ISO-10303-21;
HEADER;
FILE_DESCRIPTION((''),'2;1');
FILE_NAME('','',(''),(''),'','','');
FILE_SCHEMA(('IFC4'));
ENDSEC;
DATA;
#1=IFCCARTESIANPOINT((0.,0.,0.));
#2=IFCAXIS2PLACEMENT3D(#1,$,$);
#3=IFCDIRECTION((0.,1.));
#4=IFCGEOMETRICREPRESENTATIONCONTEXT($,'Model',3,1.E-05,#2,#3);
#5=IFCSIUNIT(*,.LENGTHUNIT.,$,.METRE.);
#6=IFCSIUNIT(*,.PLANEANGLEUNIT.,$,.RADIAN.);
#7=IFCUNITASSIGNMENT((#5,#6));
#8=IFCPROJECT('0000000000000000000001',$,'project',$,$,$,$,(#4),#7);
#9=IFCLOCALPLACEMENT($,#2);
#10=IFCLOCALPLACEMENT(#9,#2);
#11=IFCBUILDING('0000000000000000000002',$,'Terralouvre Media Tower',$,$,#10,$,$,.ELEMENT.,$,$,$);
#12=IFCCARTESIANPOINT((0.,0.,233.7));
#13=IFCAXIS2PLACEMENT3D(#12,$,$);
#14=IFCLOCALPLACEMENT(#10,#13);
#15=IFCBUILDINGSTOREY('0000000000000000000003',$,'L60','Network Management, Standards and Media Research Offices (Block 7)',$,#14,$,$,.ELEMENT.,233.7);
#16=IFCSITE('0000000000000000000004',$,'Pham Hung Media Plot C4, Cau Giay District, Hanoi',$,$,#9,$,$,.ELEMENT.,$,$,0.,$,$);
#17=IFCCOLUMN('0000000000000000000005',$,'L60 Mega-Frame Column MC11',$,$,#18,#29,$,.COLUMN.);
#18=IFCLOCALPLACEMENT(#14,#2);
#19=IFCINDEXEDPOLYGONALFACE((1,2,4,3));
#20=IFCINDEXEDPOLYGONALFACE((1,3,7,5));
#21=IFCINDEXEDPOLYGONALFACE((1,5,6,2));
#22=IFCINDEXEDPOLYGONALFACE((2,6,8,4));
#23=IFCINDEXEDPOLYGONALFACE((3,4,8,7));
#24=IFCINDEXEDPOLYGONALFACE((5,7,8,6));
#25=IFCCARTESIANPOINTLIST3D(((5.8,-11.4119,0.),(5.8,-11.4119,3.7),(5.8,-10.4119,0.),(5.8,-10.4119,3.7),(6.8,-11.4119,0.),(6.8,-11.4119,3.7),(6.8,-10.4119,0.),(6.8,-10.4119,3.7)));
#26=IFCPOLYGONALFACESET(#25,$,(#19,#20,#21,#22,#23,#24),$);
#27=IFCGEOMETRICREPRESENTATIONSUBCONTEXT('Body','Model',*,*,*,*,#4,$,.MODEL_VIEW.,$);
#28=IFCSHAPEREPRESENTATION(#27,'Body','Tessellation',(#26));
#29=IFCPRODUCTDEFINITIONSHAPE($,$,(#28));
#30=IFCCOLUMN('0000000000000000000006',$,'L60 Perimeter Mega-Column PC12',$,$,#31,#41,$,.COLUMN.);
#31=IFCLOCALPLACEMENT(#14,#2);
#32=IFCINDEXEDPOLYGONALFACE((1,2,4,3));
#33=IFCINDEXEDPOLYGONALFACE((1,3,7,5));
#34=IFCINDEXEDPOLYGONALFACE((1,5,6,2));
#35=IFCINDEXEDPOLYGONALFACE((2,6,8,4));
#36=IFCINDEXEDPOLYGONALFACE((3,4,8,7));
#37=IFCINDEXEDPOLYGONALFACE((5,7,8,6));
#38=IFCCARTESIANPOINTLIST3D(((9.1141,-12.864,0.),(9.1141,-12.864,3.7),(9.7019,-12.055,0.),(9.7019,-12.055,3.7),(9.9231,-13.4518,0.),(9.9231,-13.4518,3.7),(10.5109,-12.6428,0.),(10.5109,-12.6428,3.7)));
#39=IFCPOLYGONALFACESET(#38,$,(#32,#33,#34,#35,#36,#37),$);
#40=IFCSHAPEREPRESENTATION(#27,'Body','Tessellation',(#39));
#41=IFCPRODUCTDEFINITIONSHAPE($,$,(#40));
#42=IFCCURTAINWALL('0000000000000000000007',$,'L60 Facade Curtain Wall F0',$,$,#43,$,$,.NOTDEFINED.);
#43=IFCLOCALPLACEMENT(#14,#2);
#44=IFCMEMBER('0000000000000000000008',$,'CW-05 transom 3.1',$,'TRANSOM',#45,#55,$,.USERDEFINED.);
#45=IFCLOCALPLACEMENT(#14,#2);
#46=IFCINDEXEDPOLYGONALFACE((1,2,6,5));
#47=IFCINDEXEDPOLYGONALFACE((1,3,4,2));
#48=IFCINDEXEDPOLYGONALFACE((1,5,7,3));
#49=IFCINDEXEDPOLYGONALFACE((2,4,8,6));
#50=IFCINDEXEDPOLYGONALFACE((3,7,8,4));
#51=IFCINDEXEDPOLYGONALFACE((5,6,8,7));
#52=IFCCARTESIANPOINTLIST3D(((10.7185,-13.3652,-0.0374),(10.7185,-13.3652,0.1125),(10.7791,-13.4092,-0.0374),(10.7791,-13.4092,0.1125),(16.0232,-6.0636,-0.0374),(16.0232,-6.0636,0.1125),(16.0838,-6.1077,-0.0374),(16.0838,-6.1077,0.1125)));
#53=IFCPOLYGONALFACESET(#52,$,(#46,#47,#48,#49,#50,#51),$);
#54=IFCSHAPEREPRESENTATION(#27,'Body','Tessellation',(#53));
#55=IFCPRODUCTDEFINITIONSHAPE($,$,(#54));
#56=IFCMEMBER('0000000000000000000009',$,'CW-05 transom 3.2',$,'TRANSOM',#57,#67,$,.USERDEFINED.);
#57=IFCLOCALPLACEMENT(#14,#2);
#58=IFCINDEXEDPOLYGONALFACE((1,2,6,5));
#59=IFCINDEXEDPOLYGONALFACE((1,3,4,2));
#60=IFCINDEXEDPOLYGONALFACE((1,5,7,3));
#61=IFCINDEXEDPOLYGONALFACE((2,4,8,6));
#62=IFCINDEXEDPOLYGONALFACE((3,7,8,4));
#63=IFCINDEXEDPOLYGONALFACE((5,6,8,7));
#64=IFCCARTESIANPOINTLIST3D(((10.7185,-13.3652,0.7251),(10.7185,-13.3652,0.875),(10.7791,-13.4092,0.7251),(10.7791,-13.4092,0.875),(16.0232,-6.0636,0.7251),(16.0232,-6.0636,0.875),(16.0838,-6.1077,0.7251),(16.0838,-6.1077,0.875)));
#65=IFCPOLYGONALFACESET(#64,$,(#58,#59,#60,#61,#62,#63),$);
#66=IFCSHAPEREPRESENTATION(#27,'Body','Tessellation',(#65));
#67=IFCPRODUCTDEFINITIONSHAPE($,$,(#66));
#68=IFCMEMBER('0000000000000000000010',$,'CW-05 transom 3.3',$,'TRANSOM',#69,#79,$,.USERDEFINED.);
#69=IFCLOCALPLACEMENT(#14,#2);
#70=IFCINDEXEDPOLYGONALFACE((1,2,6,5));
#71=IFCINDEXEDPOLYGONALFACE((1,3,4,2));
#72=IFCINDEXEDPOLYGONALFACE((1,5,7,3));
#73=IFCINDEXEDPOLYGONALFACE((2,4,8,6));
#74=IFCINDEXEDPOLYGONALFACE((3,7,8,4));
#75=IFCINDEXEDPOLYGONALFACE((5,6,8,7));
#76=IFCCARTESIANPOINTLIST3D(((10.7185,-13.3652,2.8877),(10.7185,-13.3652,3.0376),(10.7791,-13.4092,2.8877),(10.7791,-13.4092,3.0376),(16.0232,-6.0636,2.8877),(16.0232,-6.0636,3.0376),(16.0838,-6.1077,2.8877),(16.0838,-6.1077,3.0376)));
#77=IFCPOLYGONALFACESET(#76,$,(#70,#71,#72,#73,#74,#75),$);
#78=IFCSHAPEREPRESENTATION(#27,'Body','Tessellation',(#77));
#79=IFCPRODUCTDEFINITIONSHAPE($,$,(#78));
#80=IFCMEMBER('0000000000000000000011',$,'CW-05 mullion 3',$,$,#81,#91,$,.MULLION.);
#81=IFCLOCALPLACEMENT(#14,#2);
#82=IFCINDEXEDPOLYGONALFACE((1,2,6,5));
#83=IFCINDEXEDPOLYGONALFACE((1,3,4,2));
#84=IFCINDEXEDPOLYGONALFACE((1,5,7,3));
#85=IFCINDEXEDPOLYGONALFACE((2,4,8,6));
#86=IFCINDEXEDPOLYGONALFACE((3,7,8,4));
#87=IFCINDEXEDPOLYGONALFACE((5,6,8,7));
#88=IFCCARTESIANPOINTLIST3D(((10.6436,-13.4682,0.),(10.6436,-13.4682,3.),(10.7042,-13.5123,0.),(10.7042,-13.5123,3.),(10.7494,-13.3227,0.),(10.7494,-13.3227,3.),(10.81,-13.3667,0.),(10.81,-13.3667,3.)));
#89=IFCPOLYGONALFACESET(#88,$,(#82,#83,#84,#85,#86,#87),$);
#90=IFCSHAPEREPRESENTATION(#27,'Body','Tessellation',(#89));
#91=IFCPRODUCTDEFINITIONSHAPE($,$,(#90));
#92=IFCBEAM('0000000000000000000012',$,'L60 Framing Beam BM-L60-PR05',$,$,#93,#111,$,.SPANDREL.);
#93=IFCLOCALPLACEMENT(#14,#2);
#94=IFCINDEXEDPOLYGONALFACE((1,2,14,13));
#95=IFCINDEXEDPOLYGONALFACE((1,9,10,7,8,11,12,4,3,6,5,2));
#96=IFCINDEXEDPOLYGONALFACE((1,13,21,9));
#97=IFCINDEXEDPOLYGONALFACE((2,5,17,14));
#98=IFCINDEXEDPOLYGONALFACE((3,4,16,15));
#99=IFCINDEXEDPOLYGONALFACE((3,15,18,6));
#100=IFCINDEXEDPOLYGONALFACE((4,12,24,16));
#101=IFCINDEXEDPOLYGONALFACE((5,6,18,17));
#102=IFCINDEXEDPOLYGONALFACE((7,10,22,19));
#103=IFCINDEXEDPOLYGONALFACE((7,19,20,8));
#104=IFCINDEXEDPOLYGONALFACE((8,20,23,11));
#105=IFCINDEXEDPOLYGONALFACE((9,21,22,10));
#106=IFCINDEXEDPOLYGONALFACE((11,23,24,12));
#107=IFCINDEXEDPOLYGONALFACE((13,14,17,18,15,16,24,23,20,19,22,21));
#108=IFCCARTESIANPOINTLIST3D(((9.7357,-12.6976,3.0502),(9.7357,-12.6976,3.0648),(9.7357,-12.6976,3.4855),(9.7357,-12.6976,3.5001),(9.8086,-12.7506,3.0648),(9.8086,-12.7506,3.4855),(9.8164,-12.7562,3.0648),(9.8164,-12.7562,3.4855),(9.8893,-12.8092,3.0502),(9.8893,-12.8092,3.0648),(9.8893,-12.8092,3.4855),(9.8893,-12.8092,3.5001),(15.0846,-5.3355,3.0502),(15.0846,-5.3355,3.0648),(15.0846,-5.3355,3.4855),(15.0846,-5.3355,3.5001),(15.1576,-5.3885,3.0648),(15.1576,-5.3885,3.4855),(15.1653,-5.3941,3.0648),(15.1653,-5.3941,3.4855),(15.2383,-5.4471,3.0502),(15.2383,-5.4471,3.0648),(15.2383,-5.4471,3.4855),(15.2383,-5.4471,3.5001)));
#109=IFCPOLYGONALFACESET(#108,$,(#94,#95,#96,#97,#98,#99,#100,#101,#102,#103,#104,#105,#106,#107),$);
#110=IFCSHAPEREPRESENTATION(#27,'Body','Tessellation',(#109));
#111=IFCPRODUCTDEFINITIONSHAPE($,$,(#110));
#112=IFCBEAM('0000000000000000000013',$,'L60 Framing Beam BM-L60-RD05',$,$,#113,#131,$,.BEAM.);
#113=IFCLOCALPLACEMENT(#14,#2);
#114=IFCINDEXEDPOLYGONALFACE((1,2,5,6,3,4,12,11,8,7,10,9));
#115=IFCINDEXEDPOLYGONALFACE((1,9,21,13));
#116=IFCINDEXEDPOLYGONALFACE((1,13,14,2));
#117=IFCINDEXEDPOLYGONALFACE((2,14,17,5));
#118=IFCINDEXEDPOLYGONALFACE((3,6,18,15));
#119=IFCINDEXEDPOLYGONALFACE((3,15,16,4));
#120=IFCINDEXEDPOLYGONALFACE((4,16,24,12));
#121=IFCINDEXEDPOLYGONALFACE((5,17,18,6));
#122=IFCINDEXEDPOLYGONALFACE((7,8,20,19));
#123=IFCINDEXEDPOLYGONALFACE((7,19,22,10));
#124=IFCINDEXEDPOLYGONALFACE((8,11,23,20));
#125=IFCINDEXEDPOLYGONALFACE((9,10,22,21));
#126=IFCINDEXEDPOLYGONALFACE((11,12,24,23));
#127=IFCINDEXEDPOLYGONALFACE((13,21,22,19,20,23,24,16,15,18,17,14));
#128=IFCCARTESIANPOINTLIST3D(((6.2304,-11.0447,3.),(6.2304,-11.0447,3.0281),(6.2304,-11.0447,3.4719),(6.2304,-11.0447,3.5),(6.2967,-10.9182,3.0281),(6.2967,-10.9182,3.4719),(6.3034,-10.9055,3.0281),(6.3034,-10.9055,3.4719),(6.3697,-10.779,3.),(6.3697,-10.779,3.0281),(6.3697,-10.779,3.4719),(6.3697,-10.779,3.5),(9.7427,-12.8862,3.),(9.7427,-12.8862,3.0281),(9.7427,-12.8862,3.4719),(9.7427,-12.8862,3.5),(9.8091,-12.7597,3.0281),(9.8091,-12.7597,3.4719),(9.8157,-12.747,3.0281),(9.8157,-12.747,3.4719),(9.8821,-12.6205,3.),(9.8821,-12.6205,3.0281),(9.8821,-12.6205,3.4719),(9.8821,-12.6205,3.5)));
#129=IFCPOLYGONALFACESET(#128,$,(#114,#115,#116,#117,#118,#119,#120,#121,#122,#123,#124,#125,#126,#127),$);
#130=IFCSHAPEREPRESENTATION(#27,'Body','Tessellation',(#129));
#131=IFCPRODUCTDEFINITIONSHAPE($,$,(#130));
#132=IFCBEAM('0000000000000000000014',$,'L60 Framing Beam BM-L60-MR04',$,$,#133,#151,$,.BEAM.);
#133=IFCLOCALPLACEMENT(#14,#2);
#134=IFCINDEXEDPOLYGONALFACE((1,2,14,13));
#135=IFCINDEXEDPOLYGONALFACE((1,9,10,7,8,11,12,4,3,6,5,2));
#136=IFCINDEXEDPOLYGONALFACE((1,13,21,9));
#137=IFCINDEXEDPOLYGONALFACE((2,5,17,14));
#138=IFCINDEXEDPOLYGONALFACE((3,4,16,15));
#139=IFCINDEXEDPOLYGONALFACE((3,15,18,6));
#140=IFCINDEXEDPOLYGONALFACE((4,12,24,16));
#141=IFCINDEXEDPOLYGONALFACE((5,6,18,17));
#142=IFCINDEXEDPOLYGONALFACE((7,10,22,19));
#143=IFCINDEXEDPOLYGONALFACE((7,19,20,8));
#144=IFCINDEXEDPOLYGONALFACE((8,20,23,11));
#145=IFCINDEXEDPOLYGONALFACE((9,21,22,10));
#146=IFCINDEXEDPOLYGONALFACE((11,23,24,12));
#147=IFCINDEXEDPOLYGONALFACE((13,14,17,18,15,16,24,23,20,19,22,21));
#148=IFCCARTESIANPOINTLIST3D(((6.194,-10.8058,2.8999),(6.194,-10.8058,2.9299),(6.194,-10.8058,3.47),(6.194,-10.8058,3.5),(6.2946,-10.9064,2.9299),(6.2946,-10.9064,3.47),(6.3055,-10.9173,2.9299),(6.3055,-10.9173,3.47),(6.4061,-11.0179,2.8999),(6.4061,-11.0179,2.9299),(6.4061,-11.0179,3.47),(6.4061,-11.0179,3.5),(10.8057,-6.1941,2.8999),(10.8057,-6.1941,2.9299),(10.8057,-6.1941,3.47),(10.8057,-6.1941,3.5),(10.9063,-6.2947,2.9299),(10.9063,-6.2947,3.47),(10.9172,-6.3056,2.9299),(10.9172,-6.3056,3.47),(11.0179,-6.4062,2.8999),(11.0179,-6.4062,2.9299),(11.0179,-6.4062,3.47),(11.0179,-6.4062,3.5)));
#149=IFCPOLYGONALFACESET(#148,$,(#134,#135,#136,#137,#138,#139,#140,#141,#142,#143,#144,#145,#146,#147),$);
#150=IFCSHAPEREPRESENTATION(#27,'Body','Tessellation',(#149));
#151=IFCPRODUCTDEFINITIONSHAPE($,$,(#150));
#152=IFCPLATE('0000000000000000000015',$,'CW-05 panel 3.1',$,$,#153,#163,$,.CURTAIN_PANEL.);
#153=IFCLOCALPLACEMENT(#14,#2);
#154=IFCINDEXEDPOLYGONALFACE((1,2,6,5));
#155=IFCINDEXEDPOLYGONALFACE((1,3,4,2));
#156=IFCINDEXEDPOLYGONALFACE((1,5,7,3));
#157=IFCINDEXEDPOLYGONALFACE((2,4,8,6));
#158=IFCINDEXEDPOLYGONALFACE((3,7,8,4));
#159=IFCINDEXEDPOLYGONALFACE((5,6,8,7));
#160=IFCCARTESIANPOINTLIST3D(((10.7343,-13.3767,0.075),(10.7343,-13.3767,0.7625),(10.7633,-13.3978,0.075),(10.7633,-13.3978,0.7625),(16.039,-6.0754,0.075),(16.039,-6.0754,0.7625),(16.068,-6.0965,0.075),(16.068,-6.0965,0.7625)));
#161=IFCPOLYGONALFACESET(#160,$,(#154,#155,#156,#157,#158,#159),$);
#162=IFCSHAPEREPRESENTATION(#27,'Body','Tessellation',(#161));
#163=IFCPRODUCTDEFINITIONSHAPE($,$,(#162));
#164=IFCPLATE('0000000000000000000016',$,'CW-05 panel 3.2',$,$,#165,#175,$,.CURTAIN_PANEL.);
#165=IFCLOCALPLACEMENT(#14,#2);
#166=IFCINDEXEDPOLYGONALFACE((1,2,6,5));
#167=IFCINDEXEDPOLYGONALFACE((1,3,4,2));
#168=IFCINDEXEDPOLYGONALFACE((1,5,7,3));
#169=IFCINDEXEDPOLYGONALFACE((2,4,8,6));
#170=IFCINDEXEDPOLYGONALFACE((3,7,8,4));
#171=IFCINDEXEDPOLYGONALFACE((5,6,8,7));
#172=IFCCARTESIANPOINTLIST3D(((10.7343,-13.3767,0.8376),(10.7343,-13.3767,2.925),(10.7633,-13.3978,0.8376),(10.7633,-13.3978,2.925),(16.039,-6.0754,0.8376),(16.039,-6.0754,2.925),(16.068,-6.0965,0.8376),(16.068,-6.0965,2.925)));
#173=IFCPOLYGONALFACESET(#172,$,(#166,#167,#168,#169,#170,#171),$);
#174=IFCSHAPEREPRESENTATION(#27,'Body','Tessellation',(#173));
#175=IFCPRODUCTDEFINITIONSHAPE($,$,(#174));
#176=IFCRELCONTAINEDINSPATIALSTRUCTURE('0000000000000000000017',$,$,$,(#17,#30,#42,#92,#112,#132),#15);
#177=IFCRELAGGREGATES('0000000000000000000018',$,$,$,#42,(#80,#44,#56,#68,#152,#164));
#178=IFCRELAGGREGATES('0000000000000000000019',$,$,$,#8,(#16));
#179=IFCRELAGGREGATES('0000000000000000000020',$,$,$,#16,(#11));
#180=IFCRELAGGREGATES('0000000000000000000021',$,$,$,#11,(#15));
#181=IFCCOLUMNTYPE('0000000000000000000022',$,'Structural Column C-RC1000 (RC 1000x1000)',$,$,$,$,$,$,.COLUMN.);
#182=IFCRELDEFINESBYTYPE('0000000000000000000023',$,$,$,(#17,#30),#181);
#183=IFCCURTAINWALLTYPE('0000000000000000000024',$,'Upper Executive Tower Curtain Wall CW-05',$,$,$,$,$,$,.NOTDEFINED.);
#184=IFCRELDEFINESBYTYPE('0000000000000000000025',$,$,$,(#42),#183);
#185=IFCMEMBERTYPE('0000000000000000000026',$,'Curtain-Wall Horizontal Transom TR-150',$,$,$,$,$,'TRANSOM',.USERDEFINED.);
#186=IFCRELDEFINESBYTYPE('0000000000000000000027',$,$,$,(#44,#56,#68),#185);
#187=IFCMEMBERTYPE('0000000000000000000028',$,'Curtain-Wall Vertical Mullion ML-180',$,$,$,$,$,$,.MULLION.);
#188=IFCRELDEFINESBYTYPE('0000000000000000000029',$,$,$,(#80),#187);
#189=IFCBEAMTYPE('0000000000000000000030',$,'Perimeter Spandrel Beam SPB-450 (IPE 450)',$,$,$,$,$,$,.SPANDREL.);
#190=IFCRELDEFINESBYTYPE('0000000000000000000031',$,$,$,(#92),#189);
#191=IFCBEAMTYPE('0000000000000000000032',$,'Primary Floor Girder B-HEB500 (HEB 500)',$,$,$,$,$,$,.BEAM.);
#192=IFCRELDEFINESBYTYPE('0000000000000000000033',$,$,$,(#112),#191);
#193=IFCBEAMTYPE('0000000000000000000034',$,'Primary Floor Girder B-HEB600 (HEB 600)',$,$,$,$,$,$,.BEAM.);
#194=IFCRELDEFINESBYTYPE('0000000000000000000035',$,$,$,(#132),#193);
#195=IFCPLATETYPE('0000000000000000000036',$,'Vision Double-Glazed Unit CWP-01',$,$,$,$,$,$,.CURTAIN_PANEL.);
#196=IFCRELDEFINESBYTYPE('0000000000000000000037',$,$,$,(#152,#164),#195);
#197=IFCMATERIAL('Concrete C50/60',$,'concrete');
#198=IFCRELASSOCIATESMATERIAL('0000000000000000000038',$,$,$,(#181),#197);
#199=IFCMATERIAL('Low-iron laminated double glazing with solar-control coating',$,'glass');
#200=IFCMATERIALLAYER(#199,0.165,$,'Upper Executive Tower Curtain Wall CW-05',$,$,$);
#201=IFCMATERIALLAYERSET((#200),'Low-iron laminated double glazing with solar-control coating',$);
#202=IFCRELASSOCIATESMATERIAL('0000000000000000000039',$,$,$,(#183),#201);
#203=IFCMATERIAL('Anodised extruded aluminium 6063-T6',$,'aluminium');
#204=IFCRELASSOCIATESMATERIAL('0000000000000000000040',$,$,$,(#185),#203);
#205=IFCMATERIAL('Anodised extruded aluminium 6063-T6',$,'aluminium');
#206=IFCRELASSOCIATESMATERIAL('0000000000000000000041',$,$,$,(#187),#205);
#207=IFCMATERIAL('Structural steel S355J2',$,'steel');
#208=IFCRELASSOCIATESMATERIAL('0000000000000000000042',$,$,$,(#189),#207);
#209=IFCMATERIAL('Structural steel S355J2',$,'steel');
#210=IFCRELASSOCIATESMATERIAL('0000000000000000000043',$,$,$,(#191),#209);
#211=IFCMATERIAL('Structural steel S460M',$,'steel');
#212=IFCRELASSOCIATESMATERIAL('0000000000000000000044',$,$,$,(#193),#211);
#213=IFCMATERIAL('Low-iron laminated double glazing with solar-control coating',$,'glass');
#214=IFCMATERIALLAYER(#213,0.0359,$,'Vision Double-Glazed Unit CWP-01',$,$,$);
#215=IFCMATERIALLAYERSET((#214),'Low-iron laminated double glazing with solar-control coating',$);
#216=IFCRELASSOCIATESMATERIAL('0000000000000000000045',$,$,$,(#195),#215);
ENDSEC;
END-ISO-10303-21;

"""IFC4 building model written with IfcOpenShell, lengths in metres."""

from ifc_helpers import new_model, si_unit, direction, frame, origin, origin_2d, place, context, subcontext, project, spatial, rectangle, i_section, extrude, material, layer, layer_set, material_profile, profile_set, type_object, element, aggregate, save


model = new_model("IFC4")

# Units and contexts
model_context = context("Model", 3, precision=1e-05, world=origin(), true_north=direction((0.0, 1.0)))
body_context = subcontext(model_context, "Body", "Model", "MODEL_VIEW")
ifc_project = project(units=[si_unit("LENGTHUNIT", "METRE"), si_unit("PLANEANGLEUNIT", "RADIAN")], contexts=[model_context])

# Site, building, storey
site_placement = place(None, origin())
site = spatial("IfcSite", under=ifc_project, at=site_placement, Name="Pham Hung Media Plot C4, Cau Giay District, Hanoi", CompositionType="ELEMENT", RefElevation=0.0)
building_placement = place(site_placement, origin())
building = spatial("IfcBuilding", under=site, at=building_placement, Name="Terralouvre Media Tower", CompositionType="ELEMENT")
storey_placement = place(building_placement, frame((0.0, 0.0, 233.7)))
storey = spatial("IfcBuildingStorey", under=building, at=storey_placement, Name="L60", Description="Network Management, Standards and Media Research Offices (Block 7)", CompositionType="ELEMENT", Elevation=233.7)

# Columns
ifc_material_1 = material(Name="Concrete C50/60", Category="concrete")
ifc_material_profile_1 = material_profile(ifc_material_1, rectangle(XDim=1.0, YDim=1.0, at=origin_2d()), Name="RC 1000x1000")
ifc_profile_set_1 = profile_set([ifc_material_profile_1], Name="Concrete C50/60")
column_type = type_object("IfcColumnType", Name="Structural Column C-RC1000 (RC 1000x1000)", PredefinedType="COLUMN", material=ifc_profile_set_1)
for number, where, z_axis, x_axis, name in (
    (1, (6.3, -10.9119, 0.0), (0.0, 0.0, 1.0), (1.0, 0.0, 0.0), "L60 Mega-Frame Column MC11"),
    (2, (9.8125, -12.7534, 0.0), (0.0, 0.0, 1.0), (0.587785, 0.809017, 0.0), "L60 Perimeter Mega-Column PC12"),
):
    element("IfcColumn", number, at=place(storey_placement, frame(where, z_axis=z_axis, x_axis=x_axis)), inside=storey, type_object=column_type, Name=name, PredefinedType="COLUMN", context=body_context, shape_type="SweptSolid", body=[
        extrude(rectangle(XDim=1.0, YDim=1.0, at=origin_2d()), origin(), (0.0, 0.0, 1.0), 3.7),
    ])

# Curtain wall, members
ifc_material_2 = material(Name="Low-iron laminated double glazing with solar-control coating", Category="glass")
ifc_layer_1 = layer(ifc_material_2, 0.165, Name="Upper Executive Tower Curtain Wall CW-05")
ifc_layer_set_1 = layer_set([ifc_layer_1], Name="Low-iron laminated double glazing with solar-control coating")
curtain_wall_type = type_object("IfcCurtainWallType", Name="Upper Executive Tower Curtain Wall CW-05", PredefinedType="NOTDEFINED", material=ifc_layer_set_1)
curtain_wall_placement = place(storey_placement, origin())
curtain_wall = element("IfcCurtainWall", 3, at=curtain_wall_placement, inside=storey, type_object=curtain_wall_type, Name="L60 Facade Curtain Wall F0", PredefinedType="NOTDEFINED")
ifc_material_3 = material(Name="Anodised extruded aluminium 6063-T6", Category="aluminium")
ifc_material_profile_2 = material_profile(ifc_material_3, rectangle(XDim=0.075, YDim=0.1499, at=origin_2d()), Name="ALU 75x150")
ifc_profile_set_2 = profile_set([ifc_material_profile_2], Name="Anodised extruded aluminium 6063-T6")
member_type_1 = type_object("IfcMemberType", Name="Curtain-Wall Horizontal Transom TR-150", ElementType="TRANSOM", PredefinedType="USERDEFINED", material=ifc_profile_set_2)
member_1_placement = place(storey_placement, frame((10.7488, -13.3872, 0.0376), z_axis=(0.587773, 0.809026, 0.0), x_axis=(-0.809026, 0.587773, 0.0)))
member_1 = element("IfcMember", 4, at=member_1_placement, type_object=member_type_1, Name="CW-05 transom 3.1", ObjectType="TRANSOM", PredefinedType="USERDEFINED", context=body_context, shape_type="SweptSolid", body=[
    extrude(rectangle(XDim=0.075, YDim=0.1499, at=origin_2d()), origin(), (0.0, 0.0, 1.0), 9.0251),
])
member_2_placement = place(storey_placement, frame((10.7488, -13.3872, 0.8), z_axis=(0.587773, 0.809026, 0.0), x_axis=(-0.809026, 0.587773, 0.0)))
member_2 = element("IfcMember", 5, at=member_2_placement, type_object=member_type_1, Name="CW-05 transom 3.2", ObjectType="TRANSOM", PredefinedType="USERDEFINED", context=body_context, shape_type="SweptSolid", body=[
    extrude(rectangle(XDim=0.075, YDim=0.1499, at=origin_2d()), origin(), (0.0, 0.0, 1.0), 9.0251),
])
member_3_placement = place(storey_placement, frame((10.7488, -13.3872, 2.9626), z_axis=(0.587773, 0.809026, 0.0), x_axis=(-0.809026, 0.587773, 0.0)))
member_3 = element("IfcMember", 6, at=member_3_placement, type_object=member_type_1, Name="CW-05 transom 3.3", ObjectType="TRANSOM", PredefinedType="USERDEFINED", context=body_context, shape_type="SweptSolid", body=[
    extrude(rectangle(XDim=0.075, YDim=0.1499, at=origin_2d()), origin(), (0.0, 0.0, 1.0), 9.0251),
])
ifc_material_4 = material(Name="Anodised extruded aluminium 6063-T6", Category="aluminium")
ifc_material_profile_3 = material_profile(ifc_material_4, rectangle(XDim=0.075, YDim=0.1799, at=origin_2d()), Name="ALU 75x180")
ifc_profile_set_3 = profile_set([ifc_material_profile_3], Name="Anodised extruded aluminium 6063-T6")
member_type_2 = type_object("IfcMemberType", Name="Curtain-Wall Vertical Mullion ML-180", PredefinedType="MULLION", material=ifc_profile_set_3)
member_4_placement = place(storey_placement, frame((10.7268, -13.4175, 0.0), z_axis=(0.0, 0.0, 1.0), x_axis=(-0.809017, 0.587785, 0.0)))
member_4 = element("IfcMember", 7, at=member_4_placement, type_object=member_type_2, Name="CW-05 mullion 3", PredefinedType="MULLION", context=body_context, shape_type="SweptSolid", body=[
    extrude(rectangle(XDim=0.075, YDim=0.1799, at=origin_2d()), origin(), (0.0, 0.0, 1.0), 3.0),
])

# Beams
ifc_material_5 = material(Name="Structural steel S355J2", Category="steel")
ifc_material_profile_4 = material_profile(ifc_material_5, i_section(OverallWidth=0.1899, OverallDepth=0.45, WebThickness=0.0095, FlangeThickness=0.0146, at=origin_2d()), Name="IPE 450")
ifc_profile_set_4 = profile_set([ifc_material_profile_4], Name="Structural steel S355J2")
beam_type_1 = type_object("IfcBeamType", Name="Perimeter Spandrel Beam SPB-450 (IPE 450)", PredefinedType="SPANDREL", material=ifc_profile_set_4)
beam_1_placement = place(storey_placement, frame((9.8125, -12.7534, 3.2751), z_axis=(0.587787, 0.809016, 0.0), x_axis=(-0.809016, 0.587787, 0.0)))
element("IfcBeam", 8, at=beam_1_placement, inside=storey, type_object=beam_type_1, Name="L60 Framing Beam BM-L60-PR05", PredefinedType="SPANDREL", context=body_context, shape_type="SweptSolid", body=[
    extrude(i_section(OverallWidth=0.1899, OverallDepth=0.45, WebThickness=0.0095, FlangeThickness=0.0146, at=origin_2d()), origin(), (0.0, 0.0, 1.0), 9.1001),
])
ifc_material_6 = material(Name="Structural steel S355J2", Category="steel")
ifc_material_profile_5 = material_profile(ifc_material_6, i_section(OverallWidth=0.3, OverallDepth=0.5, WebThickness=0.0144, FlangeThickness=0.0281, at=origin_2d()), Name="HEB 500")
ifc_profile_set_5 = profile_set([ifc_material_profile_5], Name="Structural steel S355J2")
beam_type_2 = type_object("IfcBeamType", Name="Primary Floor Girder B-HEB500 (HEB 500)", PredefinedType="BEAM", material=ifc_profile_set_5)
beam_2_placement = place(storey_placement, frame((6.3, -10.9119, 3.25), z_axis=(0.885656, -0.464343, 0.0), x_axis=(0.464343, 0.885656, 0.0)))
element("IfcBeam", 9, at=beam_2_placement, inside=storey, type_object=beam_type_2, Name="L60 Framing Beam BM-L60-RD05", PredefinedType="BEAM", context=body_context, shape_type="SweptSolid", body=[
    extrude(i_section(OverallWidth=0.3, OverallDepth=0.5, WebThickness=0.0144, FlangeThickness=0.0281, at=origin_2d()), origin(), (0.0, 0.0, 1.0), 3.9658),
])
ifc_material_7 = material(Name="Structural steel S460M", Category="steel")
ifc_material_profile_6 = material_profile(ifc_material_7, i_section(OverallWidth=0.3, OverallDepth=0.6001, WebThickness=0.0154, FlangeThickness=0.03, at=origin_2d()), Name="HEB 600")
ifc_profile_set_6 = profile_set([ifc_material_profile_6], Name="Structural steel S460M")
beam_type_3 = type_object("IfcBeamType", Name="Primary Floor Girder B-HEB600 (HEB 600)", PredefinedType="BEAM", material=ifc_profile_set_6)
beam_3_placement = place(storey_placement, frame((6.3, -10.9119, 3.2), z_axis=(0.707107, 0.707107, 0.0), x_axis=(-0.707107, 0.707107, 0.0)))
element("IfcBeam", 10, at=beam_3_placement, inside=storey, type_object=beam_type_3, Name="L60 Framing Beam BM-L60-MR04", PredefinedType="BEAM", context=body_context, shape_type="SweptSolid", body=[
    extrude(i_section(OverallWidth=0.3, OverallDepth=0.6001, WebThickness=0.0154, FlangeThickness=0.03, at=origin_2d()), origin(), (0.0, 0.0, 1.0), 6.522),
])

# Plates
ifc_material_8 = material(Name="Low-iron laminated double glazing with solar-control coating", Category="glass")
ifc_layer_2 = layer(ifc_material_8, 0.0359, Name="Vision Double-Glazed Unit CWP-01")
ifc_layer_set_2 = layer_set([ifc_layer_2], Name="Low-iron laminated double glazing with solar-control coating")
plate_type = type_object("IfcPlateType", Name="Vision Double-Glazed Unit CWP-01", PredefinedType="CURTAIN_PANEL", material=ifc_layer_set_2)
plate_1_placement = place(storey_placement, frame((13.4011, -9.7366, 0.075), z_axis=(0.0, 0.0, 1.0), x_axis=(0.587785, 0.809017, 0.0)))
plate_1 = element("IfcPlate", 11, at=plate_1_placement, type_object=plate_type, Name="CW-05 panel 3.1", PredefinedType="CURTAIN_PANEL", context=body_context, shape_type="SweptSolid", body=[
    extrude(rectangle(XDim=9.0249, YDim=0.0359, at=origin_2d()), origin(), (0.0, 0.0, 1.0), 0.6875),
])
plate_2_placement = place(storey_placement, frame((13.4011, -9.7366, 0.8376), z_axis=(0.0, 0.0, 1.0), x_axis=(0.587785, 0.809017, 0.0)))
plate_2 = element("IfcPlate", 12, at=plate_2_placement, type_object=plate_type, Name="CW-05 panel 3.2", PredefinedType="CURTAIN_PANEL", context=body_context, shape_type="SweptSolid", body=[
    extrude(rectangle(XDim=9.0249, YDim=0.0359, at=origin_2d()), origin(), (0.0, 0.0, 1.0), 2.0874),
])
aggregate(curtain_wall, [member_4, member_1, member_2, member_3, plate_1, plate_2])

save(model, "model.ifc")
